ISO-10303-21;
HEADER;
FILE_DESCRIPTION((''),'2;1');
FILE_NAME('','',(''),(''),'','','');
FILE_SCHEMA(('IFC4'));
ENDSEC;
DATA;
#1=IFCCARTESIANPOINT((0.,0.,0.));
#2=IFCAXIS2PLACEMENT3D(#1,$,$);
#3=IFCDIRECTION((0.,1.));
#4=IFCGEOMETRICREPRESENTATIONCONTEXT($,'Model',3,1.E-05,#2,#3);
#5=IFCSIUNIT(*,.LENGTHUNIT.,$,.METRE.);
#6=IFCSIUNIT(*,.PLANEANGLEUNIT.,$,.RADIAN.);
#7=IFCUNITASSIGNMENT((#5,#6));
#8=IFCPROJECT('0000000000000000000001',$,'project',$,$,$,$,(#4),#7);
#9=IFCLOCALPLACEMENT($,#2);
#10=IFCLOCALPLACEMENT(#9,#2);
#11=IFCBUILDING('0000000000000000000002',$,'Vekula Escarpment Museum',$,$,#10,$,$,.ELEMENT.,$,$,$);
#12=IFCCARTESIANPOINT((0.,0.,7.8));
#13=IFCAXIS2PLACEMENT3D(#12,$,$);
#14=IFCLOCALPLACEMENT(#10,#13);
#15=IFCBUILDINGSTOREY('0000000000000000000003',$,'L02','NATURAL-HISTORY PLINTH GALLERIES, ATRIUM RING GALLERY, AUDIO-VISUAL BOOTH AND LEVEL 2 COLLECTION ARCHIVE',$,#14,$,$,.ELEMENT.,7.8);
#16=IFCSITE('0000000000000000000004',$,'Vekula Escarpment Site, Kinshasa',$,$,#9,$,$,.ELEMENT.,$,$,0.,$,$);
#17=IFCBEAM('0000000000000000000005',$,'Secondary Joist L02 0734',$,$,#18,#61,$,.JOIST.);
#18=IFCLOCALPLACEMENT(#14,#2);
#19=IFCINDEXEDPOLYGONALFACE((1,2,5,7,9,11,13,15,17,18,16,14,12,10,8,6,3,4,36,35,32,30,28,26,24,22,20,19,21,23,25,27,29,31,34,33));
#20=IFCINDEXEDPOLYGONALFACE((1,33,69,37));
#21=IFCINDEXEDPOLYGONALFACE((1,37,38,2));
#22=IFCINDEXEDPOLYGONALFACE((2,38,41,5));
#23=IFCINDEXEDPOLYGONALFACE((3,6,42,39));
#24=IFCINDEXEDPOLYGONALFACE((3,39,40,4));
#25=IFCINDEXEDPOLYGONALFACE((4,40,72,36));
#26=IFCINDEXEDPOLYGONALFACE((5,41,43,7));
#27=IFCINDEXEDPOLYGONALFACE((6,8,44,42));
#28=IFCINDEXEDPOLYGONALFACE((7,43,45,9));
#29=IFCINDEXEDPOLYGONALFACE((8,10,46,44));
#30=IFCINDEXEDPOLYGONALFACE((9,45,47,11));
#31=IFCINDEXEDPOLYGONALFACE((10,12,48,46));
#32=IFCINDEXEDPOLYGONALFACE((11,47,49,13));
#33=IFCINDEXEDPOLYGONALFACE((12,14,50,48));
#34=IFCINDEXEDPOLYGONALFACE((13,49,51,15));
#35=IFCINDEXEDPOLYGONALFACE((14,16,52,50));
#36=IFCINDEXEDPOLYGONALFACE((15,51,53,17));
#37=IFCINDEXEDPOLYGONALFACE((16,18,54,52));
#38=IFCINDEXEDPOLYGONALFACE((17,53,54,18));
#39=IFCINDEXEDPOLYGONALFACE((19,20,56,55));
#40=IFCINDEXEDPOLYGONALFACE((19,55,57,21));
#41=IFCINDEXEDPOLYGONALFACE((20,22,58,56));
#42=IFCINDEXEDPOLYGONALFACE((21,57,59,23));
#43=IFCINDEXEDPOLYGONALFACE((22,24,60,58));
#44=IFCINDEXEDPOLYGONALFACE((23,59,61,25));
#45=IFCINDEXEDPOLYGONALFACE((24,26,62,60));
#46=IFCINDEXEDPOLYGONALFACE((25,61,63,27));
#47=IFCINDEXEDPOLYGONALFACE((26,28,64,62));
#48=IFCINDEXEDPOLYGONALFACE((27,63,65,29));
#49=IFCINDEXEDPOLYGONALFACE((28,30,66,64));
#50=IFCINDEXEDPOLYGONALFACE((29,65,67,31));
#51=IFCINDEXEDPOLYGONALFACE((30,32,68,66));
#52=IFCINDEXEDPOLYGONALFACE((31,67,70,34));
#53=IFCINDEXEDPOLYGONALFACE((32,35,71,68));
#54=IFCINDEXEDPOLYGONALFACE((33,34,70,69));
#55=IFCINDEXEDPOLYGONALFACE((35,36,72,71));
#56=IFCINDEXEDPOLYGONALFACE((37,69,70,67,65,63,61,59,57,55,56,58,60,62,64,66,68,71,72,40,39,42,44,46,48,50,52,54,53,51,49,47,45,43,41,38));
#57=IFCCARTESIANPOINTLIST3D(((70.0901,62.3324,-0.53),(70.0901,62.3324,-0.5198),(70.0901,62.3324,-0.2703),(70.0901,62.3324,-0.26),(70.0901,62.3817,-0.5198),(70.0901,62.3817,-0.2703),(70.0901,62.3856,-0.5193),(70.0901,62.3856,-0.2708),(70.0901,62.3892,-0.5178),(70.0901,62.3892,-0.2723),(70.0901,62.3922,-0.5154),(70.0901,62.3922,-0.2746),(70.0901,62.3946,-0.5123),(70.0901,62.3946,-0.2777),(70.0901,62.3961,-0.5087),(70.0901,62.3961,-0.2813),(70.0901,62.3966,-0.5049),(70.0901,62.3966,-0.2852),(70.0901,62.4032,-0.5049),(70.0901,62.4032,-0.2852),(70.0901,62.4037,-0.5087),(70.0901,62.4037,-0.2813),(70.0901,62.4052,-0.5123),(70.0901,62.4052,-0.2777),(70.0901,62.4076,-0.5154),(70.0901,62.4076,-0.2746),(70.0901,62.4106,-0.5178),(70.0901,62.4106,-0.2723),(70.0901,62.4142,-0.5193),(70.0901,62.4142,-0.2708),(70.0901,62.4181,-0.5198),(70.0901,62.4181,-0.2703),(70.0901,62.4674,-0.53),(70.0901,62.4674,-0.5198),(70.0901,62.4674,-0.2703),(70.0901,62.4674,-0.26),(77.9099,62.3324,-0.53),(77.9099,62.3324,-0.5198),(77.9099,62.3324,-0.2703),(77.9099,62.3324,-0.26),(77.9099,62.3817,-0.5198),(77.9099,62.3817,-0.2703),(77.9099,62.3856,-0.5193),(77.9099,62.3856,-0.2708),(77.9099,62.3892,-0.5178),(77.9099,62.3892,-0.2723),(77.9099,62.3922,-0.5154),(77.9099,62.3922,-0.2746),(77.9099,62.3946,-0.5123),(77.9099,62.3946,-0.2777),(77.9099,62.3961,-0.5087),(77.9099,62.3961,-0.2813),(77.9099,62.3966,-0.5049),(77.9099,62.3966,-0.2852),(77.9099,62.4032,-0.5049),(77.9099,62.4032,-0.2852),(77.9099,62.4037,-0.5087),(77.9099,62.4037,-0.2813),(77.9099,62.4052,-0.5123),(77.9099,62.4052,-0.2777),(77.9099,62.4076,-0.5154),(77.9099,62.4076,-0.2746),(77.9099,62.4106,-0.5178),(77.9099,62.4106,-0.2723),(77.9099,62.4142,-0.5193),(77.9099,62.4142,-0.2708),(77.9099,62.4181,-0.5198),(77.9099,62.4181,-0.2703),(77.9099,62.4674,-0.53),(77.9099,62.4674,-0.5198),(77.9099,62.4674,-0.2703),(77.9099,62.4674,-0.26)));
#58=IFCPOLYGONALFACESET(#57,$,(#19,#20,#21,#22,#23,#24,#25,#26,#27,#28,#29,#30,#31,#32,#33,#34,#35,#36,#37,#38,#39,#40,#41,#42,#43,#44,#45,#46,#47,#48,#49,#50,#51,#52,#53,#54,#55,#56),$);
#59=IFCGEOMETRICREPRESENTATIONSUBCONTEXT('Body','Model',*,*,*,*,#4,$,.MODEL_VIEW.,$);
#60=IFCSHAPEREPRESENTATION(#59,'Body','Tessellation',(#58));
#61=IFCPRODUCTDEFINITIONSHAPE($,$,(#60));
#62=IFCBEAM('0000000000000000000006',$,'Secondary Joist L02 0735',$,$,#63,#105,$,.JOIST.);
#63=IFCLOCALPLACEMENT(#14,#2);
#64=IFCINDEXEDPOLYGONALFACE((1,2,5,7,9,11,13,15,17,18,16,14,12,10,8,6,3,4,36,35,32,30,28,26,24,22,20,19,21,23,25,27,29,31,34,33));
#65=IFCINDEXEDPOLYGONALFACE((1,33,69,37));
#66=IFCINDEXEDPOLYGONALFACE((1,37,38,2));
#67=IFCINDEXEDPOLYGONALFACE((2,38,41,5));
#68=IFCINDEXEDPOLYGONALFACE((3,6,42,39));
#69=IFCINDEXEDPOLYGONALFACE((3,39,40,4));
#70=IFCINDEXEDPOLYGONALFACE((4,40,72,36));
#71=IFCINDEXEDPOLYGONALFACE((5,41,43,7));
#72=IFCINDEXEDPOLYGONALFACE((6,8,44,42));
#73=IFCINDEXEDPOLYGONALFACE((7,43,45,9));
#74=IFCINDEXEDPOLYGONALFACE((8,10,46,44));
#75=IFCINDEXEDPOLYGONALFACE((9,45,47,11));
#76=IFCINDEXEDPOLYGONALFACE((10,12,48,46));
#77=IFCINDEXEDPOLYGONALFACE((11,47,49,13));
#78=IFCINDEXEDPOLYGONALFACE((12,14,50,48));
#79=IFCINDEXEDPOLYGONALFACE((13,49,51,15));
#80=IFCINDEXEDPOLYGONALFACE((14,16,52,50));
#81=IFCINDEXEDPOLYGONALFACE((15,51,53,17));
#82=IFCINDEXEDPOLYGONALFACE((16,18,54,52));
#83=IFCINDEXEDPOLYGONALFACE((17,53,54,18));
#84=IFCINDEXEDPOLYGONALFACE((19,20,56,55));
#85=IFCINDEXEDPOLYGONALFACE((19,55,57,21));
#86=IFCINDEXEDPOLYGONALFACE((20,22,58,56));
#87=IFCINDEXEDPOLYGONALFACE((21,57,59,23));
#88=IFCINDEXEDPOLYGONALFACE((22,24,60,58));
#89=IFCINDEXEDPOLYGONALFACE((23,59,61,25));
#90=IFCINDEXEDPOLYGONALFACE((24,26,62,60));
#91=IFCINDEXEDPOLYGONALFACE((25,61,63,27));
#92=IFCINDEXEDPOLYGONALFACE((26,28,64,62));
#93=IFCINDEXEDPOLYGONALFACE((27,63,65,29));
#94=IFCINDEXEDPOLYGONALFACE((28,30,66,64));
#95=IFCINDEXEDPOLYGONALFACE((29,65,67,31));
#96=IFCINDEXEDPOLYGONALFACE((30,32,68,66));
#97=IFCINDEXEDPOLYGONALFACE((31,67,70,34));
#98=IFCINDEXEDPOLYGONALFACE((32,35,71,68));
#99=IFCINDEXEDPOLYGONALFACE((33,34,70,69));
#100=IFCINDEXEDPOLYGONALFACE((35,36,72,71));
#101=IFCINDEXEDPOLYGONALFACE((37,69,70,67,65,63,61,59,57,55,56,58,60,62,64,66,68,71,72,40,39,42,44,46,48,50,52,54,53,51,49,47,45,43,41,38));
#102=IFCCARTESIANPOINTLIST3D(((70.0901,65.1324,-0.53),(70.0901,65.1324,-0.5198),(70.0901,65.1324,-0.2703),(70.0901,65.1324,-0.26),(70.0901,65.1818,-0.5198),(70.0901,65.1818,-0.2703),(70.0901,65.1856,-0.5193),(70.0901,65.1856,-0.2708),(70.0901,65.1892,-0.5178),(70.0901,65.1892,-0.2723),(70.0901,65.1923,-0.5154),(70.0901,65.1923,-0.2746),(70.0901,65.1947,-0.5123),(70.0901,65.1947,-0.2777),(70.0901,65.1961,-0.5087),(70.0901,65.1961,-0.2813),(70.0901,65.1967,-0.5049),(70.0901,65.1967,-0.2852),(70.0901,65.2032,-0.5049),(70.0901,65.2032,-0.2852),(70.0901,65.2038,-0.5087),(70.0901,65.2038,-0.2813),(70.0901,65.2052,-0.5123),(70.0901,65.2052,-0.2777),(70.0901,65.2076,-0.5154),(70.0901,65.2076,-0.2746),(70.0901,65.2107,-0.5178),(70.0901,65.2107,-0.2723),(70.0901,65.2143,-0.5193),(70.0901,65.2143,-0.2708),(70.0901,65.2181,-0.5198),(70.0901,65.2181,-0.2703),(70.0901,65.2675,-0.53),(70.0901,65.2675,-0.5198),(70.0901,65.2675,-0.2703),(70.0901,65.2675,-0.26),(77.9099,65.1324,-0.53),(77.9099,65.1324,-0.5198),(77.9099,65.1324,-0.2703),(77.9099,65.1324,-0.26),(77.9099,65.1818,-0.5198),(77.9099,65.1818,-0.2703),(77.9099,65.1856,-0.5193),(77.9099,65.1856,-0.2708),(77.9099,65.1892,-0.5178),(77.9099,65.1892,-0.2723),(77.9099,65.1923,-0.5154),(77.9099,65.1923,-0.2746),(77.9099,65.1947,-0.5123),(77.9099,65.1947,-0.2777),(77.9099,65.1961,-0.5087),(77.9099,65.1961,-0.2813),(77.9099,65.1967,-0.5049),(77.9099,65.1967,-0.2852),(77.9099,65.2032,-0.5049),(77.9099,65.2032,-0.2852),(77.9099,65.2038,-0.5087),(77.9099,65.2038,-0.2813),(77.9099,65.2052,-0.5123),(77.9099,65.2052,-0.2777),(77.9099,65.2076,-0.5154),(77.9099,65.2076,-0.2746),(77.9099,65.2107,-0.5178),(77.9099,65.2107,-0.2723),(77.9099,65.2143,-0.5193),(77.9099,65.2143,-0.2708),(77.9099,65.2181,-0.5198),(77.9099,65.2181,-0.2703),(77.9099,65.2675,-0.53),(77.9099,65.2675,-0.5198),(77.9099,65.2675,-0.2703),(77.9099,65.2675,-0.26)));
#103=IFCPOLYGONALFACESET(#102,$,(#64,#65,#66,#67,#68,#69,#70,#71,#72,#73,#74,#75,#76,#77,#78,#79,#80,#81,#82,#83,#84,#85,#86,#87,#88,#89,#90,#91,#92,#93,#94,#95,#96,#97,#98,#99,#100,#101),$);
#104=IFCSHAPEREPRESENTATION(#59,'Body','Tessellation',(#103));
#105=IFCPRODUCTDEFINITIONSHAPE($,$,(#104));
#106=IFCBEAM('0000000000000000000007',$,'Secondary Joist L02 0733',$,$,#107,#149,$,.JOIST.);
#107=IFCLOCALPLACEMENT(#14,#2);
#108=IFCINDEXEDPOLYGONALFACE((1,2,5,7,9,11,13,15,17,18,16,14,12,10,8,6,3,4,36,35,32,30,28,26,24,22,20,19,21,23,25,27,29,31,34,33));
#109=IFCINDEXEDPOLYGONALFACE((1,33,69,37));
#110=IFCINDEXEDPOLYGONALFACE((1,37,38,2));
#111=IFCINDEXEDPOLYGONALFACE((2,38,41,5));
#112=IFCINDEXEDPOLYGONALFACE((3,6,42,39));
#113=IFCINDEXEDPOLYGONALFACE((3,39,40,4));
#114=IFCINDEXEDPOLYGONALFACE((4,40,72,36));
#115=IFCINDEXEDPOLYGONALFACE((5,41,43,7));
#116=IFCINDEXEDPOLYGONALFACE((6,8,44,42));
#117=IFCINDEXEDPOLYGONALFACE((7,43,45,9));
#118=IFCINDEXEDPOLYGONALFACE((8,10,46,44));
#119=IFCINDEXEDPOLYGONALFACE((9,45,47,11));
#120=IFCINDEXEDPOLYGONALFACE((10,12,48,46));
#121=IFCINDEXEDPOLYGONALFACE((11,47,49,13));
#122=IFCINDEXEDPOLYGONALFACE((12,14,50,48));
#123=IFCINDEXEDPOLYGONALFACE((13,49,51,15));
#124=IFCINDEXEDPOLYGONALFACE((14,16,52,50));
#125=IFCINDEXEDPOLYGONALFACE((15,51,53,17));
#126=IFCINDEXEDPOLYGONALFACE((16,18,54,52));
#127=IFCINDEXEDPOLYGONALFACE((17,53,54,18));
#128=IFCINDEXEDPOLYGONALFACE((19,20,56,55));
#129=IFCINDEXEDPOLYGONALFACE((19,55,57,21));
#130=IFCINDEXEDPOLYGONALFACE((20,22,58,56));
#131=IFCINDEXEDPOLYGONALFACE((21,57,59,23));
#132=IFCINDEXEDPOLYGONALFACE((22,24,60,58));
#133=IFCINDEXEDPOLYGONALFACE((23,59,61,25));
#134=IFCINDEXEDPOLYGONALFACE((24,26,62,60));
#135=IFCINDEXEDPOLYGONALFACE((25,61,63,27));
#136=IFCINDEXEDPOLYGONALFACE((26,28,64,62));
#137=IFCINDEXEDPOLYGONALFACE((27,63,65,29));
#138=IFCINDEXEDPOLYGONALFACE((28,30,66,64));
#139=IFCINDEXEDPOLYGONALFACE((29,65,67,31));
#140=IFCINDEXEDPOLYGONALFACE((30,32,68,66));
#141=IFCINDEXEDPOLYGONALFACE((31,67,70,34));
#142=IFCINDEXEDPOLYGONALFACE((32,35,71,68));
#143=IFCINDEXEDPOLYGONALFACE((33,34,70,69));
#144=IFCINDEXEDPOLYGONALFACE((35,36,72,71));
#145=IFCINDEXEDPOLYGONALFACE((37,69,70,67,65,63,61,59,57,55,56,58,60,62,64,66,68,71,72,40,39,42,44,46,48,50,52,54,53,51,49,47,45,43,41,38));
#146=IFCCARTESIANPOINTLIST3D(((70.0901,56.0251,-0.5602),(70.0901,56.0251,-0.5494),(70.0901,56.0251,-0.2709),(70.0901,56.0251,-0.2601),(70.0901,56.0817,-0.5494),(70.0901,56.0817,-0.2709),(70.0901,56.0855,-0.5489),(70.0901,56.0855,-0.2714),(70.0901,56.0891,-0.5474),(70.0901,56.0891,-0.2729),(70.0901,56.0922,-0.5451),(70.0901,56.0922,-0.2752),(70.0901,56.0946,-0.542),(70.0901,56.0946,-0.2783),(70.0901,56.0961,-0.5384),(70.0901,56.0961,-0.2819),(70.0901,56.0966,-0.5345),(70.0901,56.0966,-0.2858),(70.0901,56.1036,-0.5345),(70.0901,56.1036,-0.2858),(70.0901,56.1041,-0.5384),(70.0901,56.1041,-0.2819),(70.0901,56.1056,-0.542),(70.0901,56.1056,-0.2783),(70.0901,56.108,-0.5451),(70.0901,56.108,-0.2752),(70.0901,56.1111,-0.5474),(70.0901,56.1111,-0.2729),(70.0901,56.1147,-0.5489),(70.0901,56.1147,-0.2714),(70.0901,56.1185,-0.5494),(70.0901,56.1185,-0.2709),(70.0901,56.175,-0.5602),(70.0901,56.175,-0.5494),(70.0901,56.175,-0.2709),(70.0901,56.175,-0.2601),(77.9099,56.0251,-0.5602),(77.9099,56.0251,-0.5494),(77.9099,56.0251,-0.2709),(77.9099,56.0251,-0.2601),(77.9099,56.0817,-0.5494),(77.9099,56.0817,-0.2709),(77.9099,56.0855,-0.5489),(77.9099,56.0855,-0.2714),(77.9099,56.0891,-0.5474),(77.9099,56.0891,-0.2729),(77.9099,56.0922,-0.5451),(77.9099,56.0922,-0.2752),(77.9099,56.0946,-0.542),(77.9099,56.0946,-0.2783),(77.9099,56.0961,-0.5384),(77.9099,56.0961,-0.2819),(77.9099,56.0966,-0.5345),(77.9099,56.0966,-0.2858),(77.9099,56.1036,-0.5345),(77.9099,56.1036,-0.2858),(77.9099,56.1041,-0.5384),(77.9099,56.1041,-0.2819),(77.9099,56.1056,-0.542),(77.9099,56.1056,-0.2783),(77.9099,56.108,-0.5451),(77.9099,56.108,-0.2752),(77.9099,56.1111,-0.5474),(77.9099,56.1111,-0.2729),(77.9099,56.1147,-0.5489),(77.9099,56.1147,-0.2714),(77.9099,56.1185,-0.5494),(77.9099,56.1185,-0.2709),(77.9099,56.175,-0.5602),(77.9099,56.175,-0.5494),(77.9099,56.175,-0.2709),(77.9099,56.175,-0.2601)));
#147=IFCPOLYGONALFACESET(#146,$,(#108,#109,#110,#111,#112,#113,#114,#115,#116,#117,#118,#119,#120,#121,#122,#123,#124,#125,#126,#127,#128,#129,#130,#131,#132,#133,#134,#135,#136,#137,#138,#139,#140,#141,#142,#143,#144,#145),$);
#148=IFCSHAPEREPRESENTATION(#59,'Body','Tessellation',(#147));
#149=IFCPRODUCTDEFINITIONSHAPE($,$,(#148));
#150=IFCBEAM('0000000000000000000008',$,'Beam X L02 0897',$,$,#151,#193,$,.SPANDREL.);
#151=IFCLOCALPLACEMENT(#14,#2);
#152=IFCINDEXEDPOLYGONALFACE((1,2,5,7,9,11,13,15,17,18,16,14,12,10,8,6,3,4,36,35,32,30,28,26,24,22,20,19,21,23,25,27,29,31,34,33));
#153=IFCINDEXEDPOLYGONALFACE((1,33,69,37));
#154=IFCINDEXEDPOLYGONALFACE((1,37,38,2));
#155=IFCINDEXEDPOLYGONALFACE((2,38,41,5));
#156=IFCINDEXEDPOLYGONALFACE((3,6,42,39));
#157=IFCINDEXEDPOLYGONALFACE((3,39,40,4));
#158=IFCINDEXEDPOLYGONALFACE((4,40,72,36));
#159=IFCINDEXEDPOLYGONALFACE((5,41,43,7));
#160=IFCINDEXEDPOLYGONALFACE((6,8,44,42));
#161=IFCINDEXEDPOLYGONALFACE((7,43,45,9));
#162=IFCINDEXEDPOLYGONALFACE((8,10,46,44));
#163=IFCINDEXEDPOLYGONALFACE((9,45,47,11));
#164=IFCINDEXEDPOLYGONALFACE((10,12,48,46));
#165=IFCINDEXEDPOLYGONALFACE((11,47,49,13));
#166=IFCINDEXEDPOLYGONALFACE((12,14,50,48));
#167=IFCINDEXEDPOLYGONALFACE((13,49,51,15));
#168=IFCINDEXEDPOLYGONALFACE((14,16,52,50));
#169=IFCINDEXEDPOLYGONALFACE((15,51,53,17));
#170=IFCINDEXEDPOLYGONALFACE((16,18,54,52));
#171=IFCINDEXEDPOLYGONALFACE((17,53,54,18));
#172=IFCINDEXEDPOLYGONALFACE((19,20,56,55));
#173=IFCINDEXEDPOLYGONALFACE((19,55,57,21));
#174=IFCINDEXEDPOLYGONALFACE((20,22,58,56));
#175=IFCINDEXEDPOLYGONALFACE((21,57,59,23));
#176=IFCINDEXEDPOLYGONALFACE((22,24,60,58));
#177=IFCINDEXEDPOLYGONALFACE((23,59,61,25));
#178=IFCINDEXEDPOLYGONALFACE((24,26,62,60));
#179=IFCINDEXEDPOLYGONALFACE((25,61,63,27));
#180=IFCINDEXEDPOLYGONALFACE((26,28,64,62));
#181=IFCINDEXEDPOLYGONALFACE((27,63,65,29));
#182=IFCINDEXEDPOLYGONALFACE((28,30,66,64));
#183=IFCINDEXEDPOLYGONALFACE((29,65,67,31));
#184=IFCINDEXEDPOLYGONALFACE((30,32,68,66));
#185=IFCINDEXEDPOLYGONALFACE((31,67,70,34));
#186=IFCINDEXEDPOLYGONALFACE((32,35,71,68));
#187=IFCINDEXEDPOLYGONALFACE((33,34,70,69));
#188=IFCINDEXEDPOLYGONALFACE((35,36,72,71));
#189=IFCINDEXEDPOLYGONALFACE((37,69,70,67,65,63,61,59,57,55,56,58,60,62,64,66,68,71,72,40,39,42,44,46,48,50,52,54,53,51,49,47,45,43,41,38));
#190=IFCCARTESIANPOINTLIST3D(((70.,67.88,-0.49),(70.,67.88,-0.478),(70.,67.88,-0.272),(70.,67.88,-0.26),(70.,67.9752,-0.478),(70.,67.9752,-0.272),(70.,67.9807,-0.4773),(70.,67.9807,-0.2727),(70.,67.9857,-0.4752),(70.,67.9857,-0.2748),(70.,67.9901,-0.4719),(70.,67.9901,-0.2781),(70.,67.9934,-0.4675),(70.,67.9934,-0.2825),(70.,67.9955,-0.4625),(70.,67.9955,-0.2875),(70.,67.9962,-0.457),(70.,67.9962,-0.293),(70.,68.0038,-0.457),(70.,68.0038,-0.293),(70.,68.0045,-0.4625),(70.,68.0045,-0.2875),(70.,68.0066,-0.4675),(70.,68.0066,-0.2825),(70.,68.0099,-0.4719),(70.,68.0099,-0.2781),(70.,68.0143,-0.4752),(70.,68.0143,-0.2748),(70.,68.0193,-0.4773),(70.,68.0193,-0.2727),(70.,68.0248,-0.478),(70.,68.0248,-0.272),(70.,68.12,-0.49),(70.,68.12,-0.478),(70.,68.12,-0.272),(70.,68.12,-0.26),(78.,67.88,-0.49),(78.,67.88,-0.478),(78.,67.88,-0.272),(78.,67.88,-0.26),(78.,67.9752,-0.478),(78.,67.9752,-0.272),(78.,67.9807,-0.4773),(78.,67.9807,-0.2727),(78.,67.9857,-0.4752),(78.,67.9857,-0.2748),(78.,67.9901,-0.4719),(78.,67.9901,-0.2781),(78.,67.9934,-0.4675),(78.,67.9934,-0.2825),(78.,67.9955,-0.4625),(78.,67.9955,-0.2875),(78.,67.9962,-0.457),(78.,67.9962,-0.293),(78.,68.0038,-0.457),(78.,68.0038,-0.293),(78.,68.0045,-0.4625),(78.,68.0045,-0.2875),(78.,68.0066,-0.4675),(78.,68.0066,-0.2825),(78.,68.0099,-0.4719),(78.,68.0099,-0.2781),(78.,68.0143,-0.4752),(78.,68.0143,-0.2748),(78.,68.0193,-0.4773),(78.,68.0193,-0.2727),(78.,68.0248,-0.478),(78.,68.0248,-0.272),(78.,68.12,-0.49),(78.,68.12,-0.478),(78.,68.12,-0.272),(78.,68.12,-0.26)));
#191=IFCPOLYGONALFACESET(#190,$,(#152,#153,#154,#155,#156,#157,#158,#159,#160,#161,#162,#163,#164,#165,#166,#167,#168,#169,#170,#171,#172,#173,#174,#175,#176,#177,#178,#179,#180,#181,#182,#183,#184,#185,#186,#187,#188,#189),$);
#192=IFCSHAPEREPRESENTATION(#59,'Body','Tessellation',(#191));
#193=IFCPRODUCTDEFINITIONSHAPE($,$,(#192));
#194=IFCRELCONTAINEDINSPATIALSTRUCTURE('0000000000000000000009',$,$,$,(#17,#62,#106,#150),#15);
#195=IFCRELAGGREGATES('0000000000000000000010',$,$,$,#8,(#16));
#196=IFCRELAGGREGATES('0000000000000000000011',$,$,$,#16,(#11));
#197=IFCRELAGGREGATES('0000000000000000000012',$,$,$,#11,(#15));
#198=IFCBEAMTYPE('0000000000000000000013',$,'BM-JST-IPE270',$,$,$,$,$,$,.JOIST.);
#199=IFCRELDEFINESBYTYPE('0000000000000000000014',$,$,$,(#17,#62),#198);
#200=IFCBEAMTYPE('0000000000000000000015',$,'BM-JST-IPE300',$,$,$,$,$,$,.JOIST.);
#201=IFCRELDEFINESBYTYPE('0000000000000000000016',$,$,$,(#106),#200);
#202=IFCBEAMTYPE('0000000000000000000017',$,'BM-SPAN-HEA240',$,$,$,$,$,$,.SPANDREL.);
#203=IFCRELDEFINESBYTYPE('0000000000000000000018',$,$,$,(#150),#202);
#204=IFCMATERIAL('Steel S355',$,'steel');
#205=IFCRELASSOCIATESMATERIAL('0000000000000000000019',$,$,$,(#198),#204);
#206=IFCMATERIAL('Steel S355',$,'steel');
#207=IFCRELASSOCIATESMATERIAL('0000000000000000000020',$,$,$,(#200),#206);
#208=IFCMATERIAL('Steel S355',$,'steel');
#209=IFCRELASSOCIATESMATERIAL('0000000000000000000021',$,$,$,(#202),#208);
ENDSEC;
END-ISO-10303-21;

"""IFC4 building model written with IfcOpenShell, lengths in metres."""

from ifc_helpers import new_model, si_unit, direction, frame, origin, origin_2d, place, context, subcontext, project, spatial, i_section, extrude, material, material_profile, profile_set, type_object, element, save


model = new_model("IFC4")

# Units and contexts
model_context = context("Model", 3, precision=1e-05, world=origin(), true_north=direction((0.0, 1.0)))
body_context = subcontext(model_context, "Body", "Model", "MODEL_VIEW")
ifc_project = project(units=[si_unit("LENGTHUNIT", "METRE"), si_unit("PLANEANGLEUNIT", "RADIAN")], contexts=[model_context])

# Site, building, storey
site_placement = place(None, origin())
site = spatial("IfcSite", under=ifc_project, at=site_placement, Name="Vekula Escarpment Site, Kinshasa", CompositionType="ELEMENT", RefElevation=0.0)
building_placement = place(site_placement, origin())
building = spatial("IfcBuilding", under=site, at=building_placement, Name="Vekula Escarpment Museum", CompositionType="ELEMENT")
storey_placement = place(building_placement, frame((0.0, 0.0, 7.8)))
storey = spatial("IfcBuildingStorey", under=building, at=storey_placement, Name="L02", Description="NATURAL-HISTORY PLINTH GALLERIES, ATRIUM RING GALLERY, AUDIO-VISUAL BOOTH AND LEVEL 2 COLLECTION ARCHIVE", CompositionType="ELEMENT", Elevation=7.8)

# Beams
ifc_material_1 = material(Name="Steel S355", Category="steel")
ifc_material_profile_1 = material_profile(ifc_material_1, i_section(OverallWidth=0.135, OverallDepth=0.27, WebThickness=0.0066, FlangeThickness=0.0103, FilletRadius=0.0149, at=origin_2d()), Name="IPE 270")
ifc_profile_set_1 = profile_set([ifc_material_profile_1], Name="Steel S355")
beam_type_1 = type_object("IfcBeamType", Name="BM-JST-IPE270", PredefinedType="JOIST", material=ifc_profile_set_1)
for number, where, z_axis, x_axis, name in (
    (1, (70.0901, 62.3999, -0.395), (1.0, 0.0, 0.0), (0.0, 1.0, 0.0), "Secondary Joist L02 0734"),
    (2, (70.0901, 65.2, -0.395), (1.0, 0.0, 0.0), (0.0, 1.0, 0.0), "Secondary Joist L02 0735"),
):
    element("IfcBeam", number, at=place(storey_placement, frame(where, z_axis=z_axis, x_axis=x_axis)), inside=storey, type_object=beam_type_1, Name=name, PredefinedType="JOIST", context=body_context, shape_type="SweptSolid", body=[
        extrude(i_section(OverallWidth=0.135, OverallDepth=0.27, WebThickness=0.0066, FlangeThickness=0.0103, FilletRadius=0.0149, at=origin_2d()), origin(), (0.0, 0.0, 1.0), 7.8198),
    ])
ifc_material_2 = material(Name="Steel S355", Category="steel")
ifc_material_profile_2 = material_profile(ifc_material_2, i_section(OverallWidth=0.1499, OverallDepth=0.3, WebThickness=0.0071, FlangeThickness=0.0107, FilletRadius=0.0149, at=origin_2d()), Name="IPE 300")
ifc_profile_set_2 = profile_set([ifc_material_profile_2], Name="Steel S355")
beam_type_2 = type_object("IfcBeamType", Name="BM-JST-IPE300", PredefinedType="JOIST", material=ifc_profile_set_2)
beam_1_placement = place(storey_placement, frame((70.0901, 56.1001, -0.4102), z_axis=(1.0, 0.0, 0.0), x_axis=(0.0, 1.0, 0.0)))
element("IfcBeam", 3, at=beam_1_placement, inside=storey, type_object=beam_type_2, Name="Secondary Joist L02 0733", PredefinedType="JOIST", context=body_context, shape_type="SweptSolid", body=[
    extrude(i_section(OverallWidth=0.1499, OverallDepth=0.3, WebThickness=0.0071, FlangeThickness=0.0107, FilletRadius=0.0149, at=origin_2d()), origin(), (0.0, 0.0, 1.0), 7.8198),
])
ifc_material_3 = material(Name="Steel S355", Category="steel")
ifc_material_profile_3 = material_profile(ifc_material_3, i_section(OverallWidth=0.24, OverallDepth=0.23, WebThickness=0.0076, FlangeThickness=0.012, FilletRadius=0.021, at=origin_2d()), Name="HEA 240")
ifc_profile_set_3 = profile_set([ifc_material_profile_3], Name="Steel S355")
beam_type_3 = type_object("IfcBeamType", Name="BM-SPAN-HEA240", PredefinedType="SPANDREL", material=ifc_profile_set_3)
beam_2_placement = place(storey_placement, frame((70.0, 68.0, -0.375), z_axis=(1.0, 0.0, 0.0), x_axis=(0.0, 1.0, 0.0)))
element("IfcBeam", 4, at=beam_2_placement, inside=storey, type_object=beam_type_3, Name="Beam X L02 0897", PredefinedType="SPANDREL", context=body_context, shape_type="SweptSolid", body=[
    extrude(i_section(OverallWidth=0.24, OverallDepth=0.23, WebThickness=0.0076, FlangeThickness=0.012, FilletRadius=0.021, at=origin_2d()), origin(), (0.0, 0.0, 1.0), 8.0),
])

save(model, "model.ifc")
